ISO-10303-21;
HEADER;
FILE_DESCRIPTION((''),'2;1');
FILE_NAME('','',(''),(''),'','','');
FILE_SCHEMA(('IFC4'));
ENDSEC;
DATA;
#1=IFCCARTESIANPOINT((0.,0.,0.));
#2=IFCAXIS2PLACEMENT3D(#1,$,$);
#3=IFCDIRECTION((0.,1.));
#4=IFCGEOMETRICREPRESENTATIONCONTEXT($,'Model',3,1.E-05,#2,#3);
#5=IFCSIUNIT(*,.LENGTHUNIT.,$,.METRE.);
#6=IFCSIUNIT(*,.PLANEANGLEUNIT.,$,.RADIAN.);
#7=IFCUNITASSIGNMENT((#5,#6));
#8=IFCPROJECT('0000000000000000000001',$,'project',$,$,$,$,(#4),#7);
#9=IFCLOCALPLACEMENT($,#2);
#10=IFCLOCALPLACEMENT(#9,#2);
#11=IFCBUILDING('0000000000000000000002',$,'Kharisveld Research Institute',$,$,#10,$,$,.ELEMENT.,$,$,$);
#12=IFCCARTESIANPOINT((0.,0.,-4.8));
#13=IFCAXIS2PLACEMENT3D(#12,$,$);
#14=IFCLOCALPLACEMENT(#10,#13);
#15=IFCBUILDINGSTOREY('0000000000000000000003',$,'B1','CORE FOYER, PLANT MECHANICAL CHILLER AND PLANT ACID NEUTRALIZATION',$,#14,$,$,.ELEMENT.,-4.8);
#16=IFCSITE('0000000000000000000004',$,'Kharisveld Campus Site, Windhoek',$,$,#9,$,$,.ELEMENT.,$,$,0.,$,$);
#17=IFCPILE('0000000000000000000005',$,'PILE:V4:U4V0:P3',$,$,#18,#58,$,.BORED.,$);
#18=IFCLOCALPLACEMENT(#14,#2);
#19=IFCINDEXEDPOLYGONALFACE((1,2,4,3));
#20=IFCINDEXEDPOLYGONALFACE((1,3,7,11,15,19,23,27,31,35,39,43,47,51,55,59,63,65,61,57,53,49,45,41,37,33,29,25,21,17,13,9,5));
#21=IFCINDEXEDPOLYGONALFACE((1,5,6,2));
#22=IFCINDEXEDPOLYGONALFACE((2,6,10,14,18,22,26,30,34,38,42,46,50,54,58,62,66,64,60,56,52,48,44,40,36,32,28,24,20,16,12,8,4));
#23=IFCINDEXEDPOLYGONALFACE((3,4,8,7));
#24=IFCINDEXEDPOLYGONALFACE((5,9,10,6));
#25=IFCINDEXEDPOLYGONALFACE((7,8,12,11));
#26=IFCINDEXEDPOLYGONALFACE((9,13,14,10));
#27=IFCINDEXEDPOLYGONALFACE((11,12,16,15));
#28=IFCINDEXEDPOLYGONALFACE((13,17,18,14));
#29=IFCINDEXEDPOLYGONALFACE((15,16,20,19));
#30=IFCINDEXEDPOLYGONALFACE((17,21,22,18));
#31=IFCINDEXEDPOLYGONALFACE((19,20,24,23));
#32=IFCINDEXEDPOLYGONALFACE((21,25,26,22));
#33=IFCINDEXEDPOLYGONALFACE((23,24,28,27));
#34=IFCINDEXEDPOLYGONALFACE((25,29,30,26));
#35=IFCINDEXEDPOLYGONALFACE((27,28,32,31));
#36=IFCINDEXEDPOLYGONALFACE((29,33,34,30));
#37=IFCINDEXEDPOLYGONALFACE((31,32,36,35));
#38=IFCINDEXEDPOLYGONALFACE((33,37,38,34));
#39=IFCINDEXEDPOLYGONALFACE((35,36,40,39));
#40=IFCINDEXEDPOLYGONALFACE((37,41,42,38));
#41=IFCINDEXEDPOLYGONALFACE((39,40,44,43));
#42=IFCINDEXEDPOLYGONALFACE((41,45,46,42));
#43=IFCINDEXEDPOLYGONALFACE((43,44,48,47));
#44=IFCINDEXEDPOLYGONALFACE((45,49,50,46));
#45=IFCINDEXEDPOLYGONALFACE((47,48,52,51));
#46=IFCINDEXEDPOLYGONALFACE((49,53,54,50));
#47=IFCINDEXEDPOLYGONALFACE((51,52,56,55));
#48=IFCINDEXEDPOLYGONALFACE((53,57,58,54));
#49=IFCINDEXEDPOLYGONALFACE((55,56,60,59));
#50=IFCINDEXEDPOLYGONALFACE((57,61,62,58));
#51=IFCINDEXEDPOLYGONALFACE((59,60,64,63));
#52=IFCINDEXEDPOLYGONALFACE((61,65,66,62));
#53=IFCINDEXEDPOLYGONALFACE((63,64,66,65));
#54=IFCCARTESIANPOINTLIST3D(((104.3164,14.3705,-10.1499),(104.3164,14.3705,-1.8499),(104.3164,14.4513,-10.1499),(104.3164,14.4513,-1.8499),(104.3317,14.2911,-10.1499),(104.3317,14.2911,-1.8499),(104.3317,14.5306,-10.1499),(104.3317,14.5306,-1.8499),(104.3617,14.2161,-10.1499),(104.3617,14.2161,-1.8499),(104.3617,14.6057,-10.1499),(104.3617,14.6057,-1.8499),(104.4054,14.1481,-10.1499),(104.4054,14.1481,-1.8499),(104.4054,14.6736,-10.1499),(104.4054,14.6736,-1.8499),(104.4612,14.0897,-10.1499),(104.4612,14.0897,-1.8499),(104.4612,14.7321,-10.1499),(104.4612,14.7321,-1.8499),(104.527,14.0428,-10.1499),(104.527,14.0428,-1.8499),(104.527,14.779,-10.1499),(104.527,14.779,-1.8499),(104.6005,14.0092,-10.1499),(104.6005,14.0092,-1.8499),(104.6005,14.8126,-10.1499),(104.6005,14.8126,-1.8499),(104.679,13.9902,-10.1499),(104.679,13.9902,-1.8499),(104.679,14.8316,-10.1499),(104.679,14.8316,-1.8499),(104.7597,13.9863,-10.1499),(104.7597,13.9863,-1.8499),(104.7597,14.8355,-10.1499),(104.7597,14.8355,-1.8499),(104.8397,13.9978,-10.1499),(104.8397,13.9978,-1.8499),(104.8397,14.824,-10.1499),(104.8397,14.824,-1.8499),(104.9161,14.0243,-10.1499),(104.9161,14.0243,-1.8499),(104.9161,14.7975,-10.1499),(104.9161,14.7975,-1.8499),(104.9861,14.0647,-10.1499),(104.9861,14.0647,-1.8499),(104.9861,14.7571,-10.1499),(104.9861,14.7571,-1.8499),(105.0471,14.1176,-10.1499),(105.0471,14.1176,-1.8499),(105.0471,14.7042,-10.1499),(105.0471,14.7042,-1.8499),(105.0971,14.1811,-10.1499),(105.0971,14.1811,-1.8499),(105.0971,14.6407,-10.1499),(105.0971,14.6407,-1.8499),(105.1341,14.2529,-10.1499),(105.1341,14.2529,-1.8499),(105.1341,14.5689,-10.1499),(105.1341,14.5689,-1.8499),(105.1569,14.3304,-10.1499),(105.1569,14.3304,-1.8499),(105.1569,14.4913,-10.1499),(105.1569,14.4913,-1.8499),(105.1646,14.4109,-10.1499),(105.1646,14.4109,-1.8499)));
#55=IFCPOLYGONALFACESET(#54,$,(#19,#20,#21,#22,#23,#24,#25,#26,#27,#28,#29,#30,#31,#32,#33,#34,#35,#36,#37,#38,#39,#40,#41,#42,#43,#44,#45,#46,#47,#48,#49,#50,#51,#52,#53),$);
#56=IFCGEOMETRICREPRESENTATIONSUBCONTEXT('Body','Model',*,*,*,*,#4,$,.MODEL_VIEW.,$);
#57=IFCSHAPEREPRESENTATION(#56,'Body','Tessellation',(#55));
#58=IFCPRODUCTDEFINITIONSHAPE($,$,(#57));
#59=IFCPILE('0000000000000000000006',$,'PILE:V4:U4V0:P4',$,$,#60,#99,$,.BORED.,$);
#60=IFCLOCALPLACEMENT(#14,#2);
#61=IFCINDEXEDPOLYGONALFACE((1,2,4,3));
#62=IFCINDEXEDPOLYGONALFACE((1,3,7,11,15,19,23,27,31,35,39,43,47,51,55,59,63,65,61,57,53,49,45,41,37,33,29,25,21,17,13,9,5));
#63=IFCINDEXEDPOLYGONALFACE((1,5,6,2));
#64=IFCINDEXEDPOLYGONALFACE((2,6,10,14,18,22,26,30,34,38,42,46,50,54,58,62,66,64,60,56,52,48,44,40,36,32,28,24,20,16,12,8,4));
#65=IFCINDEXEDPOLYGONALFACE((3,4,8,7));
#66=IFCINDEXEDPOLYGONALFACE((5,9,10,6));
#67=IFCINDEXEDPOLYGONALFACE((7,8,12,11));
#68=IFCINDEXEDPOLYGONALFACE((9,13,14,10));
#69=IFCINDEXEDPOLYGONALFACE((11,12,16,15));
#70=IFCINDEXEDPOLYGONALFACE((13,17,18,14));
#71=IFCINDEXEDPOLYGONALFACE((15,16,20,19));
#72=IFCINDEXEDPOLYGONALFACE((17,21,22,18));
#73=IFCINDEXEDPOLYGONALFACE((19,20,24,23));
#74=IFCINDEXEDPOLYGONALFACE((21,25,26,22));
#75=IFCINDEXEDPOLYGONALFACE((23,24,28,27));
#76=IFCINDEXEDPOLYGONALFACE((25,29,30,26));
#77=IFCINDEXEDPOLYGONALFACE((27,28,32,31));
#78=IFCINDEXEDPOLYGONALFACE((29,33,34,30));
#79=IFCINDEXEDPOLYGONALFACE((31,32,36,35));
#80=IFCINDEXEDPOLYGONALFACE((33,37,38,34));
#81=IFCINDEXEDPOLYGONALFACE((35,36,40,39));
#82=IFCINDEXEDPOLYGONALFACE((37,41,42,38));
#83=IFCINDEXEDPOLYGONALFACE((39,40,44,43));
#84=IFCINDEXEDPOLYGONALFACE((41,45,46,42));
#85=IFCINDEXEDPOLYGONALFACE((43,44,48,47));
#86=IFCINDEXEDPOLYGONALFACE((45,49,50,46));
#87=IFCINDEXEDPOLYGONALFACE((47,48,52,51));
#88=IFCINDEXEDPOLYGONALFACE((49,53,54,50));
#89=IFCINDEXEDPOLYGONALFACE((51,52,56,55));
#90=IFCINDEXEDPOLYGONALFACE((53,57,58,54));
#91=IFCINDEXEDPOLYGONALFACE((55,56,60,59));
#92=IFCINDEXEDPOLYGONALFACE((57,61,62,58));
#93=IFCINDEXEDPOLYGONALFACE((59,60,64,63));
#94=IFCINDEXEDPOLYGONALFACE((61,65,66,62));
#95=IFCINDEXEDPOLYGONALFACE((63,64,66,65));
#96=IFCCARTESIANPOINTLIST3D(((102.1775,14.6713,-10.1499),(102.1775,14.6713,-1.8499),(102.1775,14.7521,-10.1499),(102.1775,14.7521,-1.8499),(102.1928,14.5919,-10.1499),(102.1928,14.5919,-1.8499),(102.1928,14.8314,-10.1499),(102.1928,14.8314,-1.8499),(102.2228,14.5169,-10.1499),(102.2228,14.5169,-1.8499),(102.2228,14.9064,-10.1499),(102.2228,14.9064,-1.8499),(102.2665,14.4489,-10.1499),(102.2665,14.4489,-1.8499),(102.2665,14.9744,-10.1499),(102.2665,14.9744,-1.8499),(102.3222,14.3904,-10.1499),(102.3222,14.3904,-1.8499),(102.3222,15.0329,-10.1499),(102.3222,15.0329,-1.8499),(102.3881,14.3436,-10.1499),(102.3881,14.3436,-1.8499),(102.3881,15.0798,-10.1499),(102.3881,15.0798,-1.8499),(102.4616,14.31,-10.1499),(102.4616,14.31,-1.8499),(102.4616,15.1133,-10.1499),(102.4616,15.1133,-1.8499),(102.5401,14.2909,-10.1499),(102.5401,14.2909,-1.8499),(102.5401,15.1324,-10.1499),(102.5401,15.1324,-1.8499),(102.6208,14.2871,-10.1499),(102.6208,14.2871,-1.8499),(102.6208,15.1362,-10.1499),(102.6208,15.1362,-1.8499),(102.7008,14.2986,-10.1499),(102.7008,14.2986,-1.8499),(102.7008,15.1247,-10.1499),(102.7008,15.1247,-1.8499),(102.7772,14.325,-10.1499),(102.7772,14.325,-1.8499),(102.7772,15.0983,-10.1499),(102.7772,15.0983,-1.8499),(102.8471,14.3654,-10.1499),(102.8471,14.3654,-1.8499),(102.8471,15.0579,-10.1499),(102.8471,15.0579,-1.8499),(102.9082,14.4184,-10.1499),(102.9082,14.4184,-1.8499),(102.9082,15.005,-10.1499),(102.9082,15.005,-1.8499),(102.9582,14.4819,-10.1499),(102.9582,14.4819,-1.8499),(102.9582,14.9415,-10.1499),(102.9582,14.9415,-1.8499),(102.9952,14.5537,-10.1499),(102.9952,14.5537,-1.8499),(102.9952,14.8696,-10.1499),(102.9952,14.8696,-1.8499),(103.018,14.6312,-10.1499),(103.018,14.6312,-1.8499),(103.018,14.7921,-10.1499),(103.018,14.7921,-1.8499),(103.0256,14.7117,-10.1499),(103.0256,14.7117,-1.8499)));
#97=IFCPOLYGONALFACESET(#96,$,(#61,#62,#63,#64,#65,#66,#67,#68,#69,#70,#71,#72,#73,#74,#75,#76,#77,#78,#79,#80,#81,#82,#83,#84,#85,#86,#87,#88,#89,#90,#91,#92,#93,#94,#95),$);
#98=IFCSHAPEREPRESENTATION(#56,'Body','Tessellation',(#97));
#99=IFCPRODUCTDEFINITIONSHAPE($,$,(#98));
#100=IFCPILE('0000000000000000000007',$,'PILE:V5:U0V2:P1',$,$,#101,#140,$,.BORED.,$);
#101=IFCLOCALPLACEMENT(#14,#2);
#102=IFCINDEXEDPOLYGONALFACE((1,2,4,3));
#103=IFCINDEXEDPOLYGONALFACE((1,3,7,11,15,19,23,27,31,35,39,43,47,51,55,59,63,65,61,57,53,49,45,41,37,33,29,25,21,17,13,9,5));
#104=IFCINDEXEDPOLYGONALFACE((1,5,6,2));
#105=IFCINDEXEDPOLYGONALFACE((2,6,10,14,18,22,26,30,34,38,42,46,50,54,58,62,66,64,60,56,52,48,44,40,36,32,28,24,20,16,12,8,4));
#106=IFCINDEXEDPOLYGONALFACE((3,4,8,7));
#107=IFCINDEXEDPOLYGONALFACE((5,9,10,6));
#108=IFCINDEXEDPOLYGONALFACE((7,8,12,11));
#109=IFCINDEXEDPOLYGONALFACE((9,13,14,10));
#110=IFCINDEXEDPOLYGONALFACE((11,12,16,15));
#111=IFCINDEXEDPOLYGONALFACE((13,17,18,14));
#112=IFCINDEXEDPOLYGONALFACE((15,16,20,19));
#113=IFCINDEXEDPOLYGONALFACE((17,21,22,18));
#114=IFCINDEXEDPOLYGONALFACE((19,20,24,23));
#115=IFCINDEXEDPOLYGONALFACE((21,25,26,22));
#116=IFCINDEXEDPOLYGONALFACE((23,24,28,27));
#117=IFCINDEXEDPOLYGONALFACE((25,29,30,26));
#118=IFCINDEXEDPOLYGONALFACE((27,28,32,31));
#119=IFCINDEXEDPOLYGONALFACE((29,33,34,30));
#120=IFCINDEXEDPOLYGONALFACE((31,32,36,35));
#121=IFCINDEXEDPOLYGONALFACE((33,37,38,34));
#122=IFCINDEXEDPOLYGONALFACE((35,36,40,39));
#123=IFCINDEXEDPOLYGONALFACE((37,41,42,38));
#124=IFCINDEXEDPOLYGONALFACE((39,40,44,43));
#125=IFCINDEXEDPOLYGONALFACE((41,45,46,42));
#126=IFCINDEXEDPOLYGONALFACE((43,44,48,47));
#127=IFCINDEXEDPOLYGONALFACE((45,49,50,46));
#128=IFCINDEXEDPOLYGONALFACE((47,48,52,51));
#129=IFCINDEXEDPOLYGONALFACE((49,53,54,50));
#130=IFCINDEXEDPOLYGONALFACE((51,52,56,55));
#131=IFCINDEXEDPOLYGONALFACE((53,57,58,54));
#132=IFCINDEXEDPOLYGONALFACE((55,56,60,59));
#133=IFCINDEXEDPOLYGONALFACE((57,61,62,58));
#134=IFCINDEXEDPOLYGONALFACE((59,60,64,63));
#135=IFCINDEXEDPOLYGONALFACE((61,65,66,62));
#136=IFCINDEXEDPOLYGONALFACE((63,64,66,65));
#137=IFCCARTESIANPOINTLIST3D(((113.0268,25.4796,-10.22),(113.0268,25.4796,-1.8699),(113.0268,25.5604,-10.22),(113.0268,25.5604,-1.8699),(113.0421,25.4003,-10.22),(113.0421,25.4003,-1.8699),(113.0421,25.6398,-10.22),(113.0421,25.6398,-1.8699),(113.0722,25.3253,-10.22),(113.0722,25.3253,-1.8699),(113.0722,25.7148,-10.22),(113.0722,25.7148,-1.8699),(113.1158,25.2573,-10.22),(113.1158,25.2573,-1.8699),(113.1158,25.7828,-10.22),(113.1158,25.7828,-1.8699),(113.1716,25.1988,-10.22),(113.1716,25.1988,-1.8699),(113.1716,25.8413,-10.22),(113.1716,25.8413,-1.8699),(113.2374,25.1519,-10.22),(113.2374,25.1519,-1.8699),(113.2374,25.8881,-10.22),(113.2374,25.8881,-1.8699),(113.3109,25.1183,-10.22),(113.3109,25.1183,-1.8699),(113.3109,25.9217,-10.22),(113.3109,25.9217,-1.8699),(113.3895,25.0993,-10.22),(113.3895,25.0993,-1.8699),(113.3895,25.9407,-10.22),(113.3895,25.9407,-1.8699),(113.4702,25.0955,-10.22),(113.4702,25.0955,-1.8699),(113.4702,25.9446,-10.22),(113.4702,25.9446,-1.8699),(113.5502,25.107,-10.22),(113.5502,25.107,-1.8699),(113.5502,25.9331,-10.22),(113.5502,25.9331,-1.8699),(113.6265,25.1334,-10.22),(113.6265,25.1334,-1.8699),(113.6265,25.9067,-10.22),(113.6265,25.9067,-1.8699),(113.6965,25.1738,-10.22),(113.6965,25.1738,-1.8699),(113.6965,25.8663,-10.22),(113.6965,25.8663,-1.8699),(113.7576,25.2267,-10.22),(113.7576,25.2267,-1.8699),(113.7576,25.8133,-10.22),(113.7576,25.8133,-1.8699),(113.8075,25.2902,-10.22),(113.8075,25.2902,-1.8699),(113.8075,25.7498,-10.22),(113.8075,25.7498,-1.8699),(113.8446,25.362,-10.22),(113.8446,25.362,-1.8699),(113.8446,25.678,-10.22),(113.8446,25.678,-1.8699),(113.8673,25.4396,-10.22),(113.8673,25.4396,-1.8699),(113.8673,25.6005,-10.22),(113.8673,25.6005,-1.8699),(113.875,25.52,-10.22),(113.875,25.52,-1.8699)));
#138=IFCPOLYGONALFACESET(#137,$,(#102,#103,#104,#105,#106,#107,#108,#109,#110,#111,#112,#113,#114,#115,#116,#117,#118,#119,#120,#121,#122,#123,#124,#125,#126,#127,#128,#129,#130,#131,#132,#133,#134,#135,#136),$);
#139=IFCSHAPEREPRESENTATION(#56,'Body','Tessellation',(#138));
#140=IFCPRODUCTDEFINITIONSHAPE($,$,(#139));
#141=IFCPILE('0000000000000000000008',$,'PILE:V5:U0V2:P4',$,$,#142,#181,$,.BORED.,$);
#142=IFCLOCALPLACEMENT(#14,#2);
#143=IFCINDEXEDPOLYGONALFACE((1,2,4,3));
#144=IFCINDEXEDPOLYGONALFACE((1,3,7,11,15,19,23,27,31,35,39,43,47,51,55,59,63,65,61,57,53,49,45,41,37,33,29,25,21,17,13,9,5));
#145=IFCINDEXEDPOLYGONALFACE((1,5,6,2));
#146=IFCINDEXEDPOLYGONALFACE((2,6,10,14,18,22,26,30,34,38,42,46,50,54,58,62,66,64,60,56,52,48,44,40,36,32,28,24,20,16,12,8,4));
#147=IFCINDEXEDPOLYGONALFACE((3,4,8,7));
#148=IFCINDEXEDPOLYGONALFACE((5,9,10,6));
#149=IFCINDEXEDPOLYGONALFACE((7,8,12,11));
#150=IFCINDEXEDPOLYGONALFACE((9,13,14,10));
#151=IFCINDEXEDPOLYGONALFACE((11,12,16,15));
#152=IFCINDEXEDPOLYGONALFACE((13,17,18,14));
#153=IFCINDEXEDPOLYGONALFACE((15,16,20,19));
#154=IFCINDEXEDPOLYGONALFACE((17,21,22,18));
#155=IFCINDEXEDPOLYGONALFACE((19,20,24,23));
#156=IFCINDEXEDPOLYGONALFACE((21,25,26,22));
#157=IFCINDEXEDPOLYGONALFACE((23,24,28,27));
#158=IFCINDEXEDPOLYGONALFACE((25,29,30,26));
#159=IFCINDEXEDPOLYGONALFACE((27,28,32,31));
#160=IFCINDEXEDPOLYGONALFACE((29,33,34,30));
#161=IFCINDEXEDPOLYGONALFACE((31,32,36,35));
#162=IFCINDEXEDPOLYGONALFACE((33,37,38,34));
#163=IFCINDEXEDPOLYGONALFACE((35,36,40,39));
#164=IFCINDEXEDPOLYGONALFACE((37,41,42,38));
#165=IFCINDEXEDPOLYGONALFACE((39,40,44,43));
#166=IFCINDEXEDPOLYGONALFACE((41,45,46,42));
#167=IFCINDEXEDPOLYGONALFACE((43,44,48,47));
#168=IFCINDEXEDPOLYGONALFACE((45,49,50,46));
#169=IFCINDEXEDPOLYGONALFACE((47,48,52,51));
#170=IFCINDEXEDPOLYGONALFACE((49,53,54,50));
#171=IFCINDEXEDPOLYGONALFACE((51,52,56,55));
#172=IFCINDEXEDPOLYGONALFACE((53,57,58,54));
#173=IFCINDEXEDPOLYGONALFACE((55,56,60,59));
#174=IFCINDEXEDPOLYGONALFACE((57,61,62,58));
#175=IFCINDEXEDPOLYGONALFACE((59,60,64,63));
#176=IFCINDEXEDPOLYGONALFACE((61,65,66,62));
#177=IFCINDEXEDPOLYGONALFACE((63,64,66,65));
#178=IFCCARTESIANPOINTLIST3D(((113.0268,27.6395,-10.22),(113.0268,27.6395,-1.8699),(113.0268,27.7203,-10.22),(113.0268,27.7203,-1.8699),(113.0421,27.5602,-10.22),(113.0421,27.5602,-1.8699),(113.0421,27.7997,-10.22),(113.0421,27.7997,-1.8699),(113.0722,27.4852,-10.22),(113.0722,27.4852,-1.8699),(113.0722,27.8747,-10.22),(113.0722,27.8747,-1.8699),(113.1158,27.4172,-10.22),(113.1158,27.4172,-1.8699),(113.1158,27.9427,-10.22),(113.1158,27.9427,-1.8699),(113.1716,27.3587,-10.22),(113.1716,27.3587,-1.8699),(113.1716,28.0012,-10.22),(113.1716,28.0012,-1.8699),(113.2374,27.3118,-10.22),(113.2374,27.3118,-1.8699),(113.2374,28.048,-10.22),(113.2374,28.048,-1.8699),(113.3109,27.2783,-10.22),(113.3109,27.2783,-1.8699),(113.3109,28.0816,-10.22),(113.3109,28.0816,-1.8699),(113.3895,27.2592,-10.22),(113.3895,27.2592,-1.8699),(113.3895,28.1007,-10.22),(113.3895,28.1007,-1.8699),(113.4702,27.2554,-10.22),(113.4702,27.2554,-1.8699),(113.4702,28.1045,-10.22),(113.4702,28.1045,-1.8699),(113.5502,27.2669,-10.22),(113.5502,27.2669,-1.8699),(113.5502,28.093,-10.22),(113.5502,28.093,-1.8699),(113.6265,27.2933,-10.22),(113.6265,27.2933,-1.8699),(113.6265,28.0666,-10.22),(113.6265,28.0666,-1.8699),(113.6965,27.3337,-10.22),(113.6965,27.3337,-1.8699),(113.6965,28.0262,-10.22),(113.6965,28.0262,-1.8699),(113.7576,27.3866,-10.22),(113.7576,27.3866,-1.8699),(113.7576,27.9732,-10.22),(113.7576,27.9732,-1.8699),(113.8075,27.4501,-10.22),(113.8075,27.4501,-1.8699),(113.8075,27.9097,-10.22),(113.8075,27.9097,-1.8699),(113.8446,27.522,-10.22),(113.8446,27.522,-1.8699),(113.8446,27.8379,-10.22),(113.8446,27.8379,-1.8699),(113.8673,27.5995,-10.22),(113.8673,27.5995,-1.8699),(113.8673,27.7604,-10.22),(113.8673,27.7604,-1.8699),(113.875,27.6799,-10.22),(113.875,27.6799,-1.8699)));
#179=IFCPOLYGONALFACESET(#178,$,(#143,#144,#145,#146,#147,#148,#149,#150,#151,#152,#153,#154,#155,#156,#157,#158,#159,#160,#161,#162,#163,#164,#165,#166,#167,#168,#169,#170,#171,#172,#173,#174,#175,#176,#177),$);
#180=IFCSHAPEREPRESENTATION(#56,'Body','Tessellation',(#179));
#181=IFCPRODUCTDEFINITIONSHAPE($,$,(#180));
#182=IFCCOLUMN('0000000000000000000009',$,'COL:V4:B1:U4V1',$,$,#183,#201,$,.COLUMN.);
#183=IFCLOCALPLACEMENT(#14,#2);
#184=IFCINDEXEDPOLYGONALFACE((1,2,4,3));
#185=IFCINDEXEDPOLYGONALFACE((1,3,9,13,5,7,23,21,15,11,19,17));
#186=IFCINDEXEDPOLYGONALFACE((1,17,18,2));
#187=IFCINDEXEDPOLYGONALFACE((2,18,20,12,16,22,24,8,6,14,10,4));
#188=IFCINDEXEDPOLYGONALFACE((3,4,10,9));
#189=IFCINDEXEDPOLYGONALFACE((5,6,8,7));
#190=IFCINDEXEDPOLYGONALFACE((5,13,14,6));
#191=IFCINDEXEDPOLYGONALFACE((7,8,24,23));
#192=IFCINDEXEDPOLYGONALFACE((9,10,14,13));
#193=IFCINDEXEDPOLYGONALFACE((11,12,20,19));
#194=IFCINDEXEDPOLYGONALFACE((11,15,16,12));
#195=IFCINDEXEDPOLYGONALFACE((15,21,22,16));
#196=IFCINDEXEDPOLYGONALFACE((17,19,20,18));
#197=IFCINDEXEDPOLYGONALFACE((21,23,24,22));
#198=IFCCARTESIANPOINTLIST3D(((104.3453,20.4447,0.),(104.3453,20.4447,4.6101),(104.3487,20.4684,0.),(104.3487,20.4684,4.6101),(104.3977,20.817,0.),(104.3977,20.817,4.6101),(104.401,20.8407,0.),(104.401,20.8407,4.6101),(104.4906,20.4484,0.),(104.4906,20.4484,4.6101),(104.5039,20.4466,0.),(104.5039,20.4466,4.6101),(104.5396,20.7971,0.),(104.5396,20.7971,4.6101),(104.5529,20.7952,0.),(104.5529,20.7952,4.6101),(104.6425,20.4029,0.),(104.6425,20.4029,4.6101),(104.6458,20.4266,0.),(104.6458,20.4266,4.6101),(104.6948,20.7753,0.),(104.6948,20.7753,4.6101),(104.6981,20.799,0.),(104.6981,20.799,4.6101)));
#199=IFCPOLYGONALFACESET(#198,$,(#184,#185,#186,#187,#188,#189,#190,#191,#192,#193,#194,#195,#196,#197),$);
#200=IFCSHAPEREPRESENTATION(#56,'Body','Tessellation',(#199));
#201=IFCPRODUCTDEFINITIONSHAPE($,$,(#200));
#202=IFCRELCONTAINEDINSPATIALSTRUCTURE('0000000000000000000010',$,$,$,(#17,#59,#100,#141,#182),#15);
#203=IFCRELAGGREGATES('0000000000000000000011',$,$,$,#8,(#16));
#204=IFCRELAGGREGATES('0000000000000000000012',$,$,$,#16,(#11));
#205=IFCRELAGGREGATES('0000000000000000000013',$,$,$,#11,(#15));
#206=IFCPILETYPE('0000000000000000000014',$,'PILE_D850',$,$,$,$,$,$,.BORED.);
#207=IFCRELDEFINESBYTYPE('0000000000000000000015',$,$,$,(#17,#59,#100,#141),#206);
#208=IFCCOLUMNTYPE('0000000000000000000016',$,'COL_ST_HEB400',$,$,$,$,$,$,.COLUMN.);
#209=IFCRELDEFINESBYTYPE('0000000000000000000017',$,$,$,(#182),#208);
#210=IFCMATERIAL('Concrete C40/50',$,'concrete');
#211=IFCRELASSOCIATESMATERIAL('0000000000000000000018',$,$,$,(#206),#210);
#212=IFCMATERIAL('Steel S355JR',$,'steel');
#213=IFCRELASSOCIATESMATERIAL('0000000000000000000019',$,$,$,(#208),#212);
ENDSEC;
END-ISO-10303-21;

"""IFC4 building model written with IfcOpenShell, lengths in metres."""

from ifc_helpers import new_model, si_unit, direction, frame, origin, origin_2d, place, context, subcontext, project, spatial, circle, i_section, extrude, material, material_profile, profile_set, type_object, element, save


model = new_model("IFC4")

# Units and contexts
model_context = context("Model", 3, precision=1e-05, world=origin(), true_north=direction((0.0, 1.0)))
body_context = subcontext(model_context, "Body", "Model", "MODEL_VIEW")
ifc_project = project(units=[si_unit("LENGTHUNIT", "METRE"), si_unit("PLANEANGLEUNIT", "RADIAN")], contexts=[model_context])

# Site, building, storey
site_placement = place(None, origin())
site = spatial("IfcSite", under=ifc_project, at=site_placement, Name="Kharisveld Campus Site, Windhoek", CompositionType="ELEMENT", RefElevation=0.0)
building_placement = place(site_placement, origin())
building = spatial("IfcBuilding", under=site, at=building_placement, Name="Kharisveld Research Institute", CompositionType="ELEMENT")
storey_placement = place(building_placement, frame((0.0, 0.0, -4.8)))
storey = spatial("IfcBuildingStorey", under=building, at=storey_placement, Name="B1", Description="CORE FOYER, PLANT MECHANICAL CHILLER AND PLANT ACID NEUTRALIZATION", CompositionType="ELEMENT", Elevation=-4.8)

# Piles
ifc_material_1 = material(Name="Concrete C40/50", Category="concrete")
ifc_material_profile_1 = material_profile(ifc_material_1, circle(Radius=0.425, at=origin_2d()))
ifc_profile_set_1 = profile_set([ifc_material_profile_1], Name="Concrete C40/50")
pile_type_1 = type_object("IfcPileType", Name="PILE_D850", PredefinedType="BORED", material=ifc_profile_set_1)
for number, where, z_axis, x_axis, name in (
    (1, (104.7395, 14.4109, -1.8499), (0.0, 0.0, -1.0), (1.0, 0.0, 0.0), "PILE:V4:U4V0:P3"),
    (2, (102.6006, 14.7117, -1.8499), (0.0, 0.0, -1.0), (1.0, 0.0, 0.0), "PILE:V4:U4V0:P4"),
):
    element("IfcPile", number, at=place(storey_placement, frame(where, z_axis=z_axis, x_axis=x_axis)), inside=storey, type_object=pile_type_1, Name=name, PredefinedType="BORED", context=body_context, shape_type="SweptSolid", body=[
        extrude(circle(Radius=0.425, at=origin_2d()), origin(), (0.0, 0.0, 1.0), 8.3),
    ])
for number, where, z_axis, x_axis, name in (
    (3, (113.45, 25.52, -1.8699), (0.0, 0.0, -1.0), (1.0, 0.0, 0.0), "PILE:V5:U0V2:P1"),
    (4, (113.45, 27.6799, -1.8699), (0.0, 0.0, -1.0), (1.0, 0.0, 0.0), "PILE:V5:U0V2:P4"),
):
    element("IfcPile", number, at=place(storey_placement, frame(where, z_axis=z_axis, x_axis=x_axis)), inside=storey, type_object=pile_type_1, Name=name, PredefinedType="BORED", context=body_context, shape_type="SweptSolid", body=[
        extrude(circle(Radius=0.425, at=origin_2d()), origin(), (0.0, 0.0, 1.0), 8.3501),
    ])

# Column
ifc_material_2 = material(Name="Steel S355JR", Category="steel")
ifc_material_profile_2 = material_profile(ifc_material_2, i_section(OverallWidth=0.3, OverallDepth=0.3999, WebThickness=0.0134, FlangeThickness=0.0239, at=origin_2d()))
ifc_profile_set_2 = profile_set([ifc_material_profile_2], Name="Steel S355JR")
column_type = type_object("IfcColumnType", Name="COL_ST_HEB400", PredefinedType="COLUMN", material=ifc_profile_set_2)
for number, where, z_axis, x_axis, name in (
    (5, (104.5217, 20.6218, 0.0), (0.0, 0.0, 1.0), (0.990268, -0.139173, 0.0), "COL:V4:B1:U4V1"),
):
    element("IfcColumn", number, at=place(storey_placement, frame(where, z_axis=z_axis, x_axis=x_axis)), inside=storey, type_object=column_type, Name=name, PredefinedType="COLUMN", context=body_context, shape_type="SweptSolid", body=[
        extrude(i_section(OverallWidth=0.3, OverallDepth=0.3999, WebThickness=0.0134, FlangeThickness=0.0239, at=origin_2d()), origin(), (0.0, 0.0, 1.0), 4.6101),
    ])

save(model, "model.ifc")
